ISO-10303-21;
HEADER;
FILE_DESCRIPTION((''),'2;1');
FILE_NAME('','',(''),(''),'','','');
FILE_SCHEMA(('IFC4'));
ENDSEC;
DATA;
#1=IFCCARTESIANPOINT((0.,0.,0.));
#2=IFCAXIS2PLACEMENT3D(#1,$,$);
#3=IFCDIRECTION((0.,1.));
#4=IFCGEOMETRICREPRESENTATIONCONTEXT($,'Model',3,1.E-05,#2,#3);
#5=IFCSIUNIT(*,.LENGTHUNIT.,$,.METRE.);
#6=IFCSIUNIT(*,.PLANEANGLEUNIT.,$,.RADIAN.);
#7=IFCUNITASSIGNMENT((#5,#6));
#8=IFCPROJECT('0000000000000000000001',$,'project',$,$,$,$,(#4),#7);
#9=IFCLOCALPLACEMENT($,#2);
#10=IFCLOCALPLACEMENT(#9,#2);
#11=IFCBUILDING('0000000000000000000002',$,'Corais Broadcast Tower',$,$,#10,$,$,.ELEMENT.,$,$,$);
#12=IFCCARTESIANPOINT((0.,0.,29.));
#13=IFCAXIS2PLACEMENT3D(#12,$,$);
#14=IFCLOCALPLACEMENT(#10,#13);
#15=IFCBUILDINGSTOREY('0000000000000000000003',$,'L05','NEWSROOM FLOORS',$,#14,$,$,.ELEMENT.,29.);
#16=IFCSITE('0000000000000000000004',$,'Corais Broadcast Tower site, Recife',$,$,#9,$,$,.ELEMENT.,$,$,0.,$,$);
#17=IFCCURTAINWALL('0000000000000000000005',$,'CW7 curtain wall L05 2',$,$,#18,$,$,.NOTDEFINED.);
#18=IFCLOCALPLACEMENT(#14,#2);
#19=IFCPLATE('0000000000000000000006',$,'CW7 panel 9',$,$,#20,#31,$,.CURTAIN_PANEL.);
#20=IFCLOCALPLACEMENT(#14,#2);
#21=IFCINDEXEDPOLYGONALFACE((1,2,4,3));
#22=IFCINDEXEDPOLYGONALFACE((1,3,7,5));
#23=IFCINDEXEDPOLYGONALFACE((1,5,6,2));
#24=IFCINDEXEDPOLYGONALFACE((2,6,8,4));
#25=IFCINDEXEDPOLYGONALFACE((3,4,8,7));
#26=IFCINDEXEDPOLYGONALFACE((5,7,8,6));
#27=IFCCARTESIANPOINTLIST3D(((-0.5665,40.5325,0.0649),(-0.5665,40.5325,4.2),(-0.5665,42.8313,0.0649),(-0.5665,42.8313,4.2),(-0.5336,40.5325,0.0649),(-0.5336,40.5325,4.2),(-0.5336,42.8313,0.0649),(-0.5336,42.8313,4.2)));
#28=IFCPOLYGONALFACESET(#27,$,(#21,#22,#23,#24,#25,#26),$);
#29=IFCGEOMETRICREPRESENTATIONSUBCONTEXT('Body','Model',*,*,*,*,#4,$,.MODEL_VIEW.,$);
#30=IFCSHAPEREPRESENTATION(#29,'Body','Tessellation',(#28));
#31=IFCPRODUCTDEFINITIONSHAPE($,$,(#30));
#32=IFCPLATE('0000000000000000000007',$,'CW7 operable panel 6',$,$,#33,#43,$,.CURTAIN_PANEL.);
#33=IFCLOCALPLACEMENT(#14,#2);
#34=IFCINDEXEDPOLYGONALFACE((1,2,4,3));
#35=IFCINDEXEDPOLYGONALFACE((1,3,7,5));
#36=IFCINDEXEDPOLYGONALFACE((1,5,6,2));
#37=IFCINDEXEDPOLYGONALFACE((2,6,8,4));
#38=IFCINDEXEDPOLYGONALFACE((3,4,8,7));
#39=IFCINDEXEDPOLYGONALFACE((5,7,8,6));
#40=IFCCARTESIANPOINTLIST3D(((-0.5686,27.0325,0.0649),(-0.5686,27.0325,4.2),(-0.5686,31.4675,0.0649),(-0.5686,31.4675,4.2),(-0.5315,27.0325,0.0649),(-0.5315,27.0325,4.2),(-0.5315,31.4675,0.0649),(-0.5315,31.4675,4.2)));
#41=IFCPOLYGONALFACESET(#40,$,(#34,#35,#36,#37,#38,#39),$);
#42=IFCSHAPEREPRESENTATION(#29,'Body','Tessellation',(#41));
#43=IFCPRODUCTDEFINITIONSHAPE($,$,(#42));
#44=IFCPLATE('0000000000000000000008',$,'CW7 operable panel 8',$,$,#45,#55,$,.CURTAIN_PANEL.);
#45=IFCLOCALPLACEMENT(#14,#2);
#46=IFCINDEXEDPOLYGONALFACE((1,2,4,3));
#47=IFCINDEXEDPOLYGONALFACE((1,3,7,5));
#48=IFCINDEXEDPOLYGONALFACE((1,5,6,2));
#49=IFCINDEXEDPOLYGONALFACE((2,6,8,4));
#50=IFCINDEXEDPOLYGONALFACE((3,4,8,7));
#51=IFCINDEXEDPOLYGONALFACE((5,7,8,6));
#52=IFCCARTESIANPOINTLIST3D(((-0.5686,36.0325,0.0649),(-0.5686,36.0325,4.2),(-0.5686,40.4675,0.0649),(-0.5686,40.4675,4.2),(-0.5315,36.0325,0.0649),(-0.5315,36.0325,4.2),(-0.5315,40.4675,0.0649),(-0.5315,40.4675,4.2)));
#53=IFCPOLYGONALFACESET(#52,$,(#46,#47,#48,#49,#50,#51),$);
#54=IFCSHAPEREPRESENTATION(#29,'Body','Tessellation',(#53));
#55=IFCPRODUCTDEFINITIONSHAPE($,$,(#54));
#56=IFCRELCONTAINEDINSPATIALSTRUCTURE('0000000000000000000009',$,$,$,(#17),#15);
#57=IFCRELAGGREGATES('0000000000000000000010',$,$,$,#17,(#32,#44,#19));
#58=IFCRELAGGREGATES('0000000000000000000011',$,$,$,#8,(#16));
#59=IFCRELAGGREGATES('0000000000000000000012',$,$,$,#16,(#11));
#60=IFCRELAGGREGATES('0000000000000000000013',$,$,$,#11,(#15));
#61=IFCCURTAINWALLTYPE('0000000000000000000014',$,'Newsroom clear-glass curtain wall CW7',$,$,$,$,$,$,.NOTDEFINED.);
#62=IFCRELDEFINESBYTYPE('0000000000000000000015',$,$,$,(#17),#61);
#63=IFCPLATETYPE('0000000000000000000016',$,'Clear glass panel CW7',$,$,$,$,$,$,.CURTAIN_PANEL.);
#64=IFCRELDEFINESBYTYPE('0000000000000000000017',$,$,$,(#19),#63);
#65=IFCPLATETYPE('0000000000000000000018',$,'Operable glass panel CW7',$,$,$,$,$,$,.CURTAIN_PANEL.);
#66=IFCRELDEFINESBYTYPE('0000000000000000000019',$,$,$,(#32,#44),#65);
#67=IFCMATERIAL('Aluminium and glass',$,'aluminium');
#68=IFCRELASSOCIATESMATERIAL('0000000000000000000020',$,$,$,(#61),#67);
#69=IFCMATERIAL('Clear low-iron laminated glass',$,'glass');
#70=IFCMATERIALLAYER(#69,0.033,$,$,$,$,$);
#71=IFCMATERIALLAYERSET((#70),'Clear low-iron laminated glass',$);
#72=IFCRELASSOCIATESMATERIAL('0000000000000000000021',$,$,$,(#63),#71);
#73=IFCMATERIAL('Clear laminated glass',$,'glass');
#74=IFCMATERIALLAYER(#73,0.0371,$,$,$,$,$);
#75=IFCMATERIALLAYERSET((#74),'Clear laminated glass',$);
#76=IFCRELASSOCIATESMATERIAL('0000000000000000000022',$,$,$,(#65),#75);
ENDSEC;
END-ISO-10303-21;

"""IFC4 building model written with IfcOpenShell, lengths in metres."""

from ifc_helpers import new_model, si_unit, direction, frame, origin, origin_2d, place, context, subcontext, project, spatial, rectangle, extrude, material, layer, layer_set, type_object, element, aggregate, save


model = new_model("IFC4")

# Units and contexts
model_context = context("Model", 3, precision=1e-05, world=origin(), true_north=direction((0.0, 1.0)))
body_context = subcontext(model_context, "Body", "Model", "MODEL_VIEW")
ifc_project = project(units=[si_unit("LENGTHUNIT", "METRE"), si_unit("PLANEANGLEUNIT", "RADIAN")], contexts=[model_context])

# Site, building, storey
site_placement = place(None, origin())
site = spatial("IfcSite", under=ifc_project, at=site_placement, Name="Corais Broadcast Tower site, Recife", CompositionType="ELEMENT", RefElevation=0.0)
building_placement = place(site_placement, origin())
building = spatial("IfcBuilding", under=site, at=building_placement, Name="Corais Broadcast Tower", CompositionType="ELEMENT")
storey_placement = place(building_placement, frame((0.0, 0.0, 29.0)))
storey = spatial("IfcBuildingStorey", under=building, at=storey_placement, Name="L05", Description="NEWSROOM FLOORS", CompositionType="ELEMENT", Elevation=29.0)

# Curtain wall
ifc_material_1 = material(Name="Aluminium and glass", Category="aluminium")
curtain_wall_type = type_object("IfcCurtainWallType", Name="Newsroom clear-glass curtain wall CW7", PredefinedType="NOTDEFINED", material=ifc_material_1)
curtain_wall_placement = place(storey_placement, origin())
curtain_wall = element("IfcCurtainWall", 1, at=curtain_wall_placement, inside=storey, type_object=curtain_wall_type, Name="CW7 curtain wall L05 2", PredefinedType="NOTDEFINED")

# Plates
ifc_material_2 = material(Name="Clear low-iron laminated glass", Category="glass")
ifc_layer_1 = layer(ifc_material_2, 0.033)
ifc_layer_set_1 = layer_set([ifc_layer_1], Name="Clear low-iron laminated glass")
plate_type_1 = type_object("IfcPlateType", Name="Clear glass panel CW7", PredefinedType="CURTAIN_PANEL", material=ifc_layer_set_1)
plate_1_placement = place(storey_placement, frame((-0.55, 41.6819, 0.0649), z_axis=(0.0, 0.0, 1.0), x_axis=(0.0, 1.0, 0.0)))
plate_1 = element("IfcPlate", 2, at=plate_1_placement, type_object=plate_type_1, Name="CW7 panel 9", PredefinedType="CURTAIN_PANEL", context=body_context, shape_type="SweptSolid", body=[
    extrude(rectangle(XDim=2.2988, YDim=0.033, at=origin_2d()), origin(), (0.0, 0.0, 1.0), 4.135),
])
ifc_material_3 = material(Name="Clear laminated glass", Category="glass")
ifc_layer_2 = layer(ifc_material_3, 0.0371)
ifc_layer_set_2 = layer_set([ifc_layer_2], Name="Clear laminated glass")
plate_type_2 = type_object("IfcPlateType", Name="Operable glass panel CW7", PredefinedType="CURTAIN_PANEL", material=ifc_layer_set_2)
plate_2_placement = place(storey_placement, frame((-0.55, 29.25, 0.0649), z_axis=(0.0, 0.0, 1.0), x_axis=(0.0, 1.0, 0.0)))
plate_2 = element("IfcPlate", 3, at=plate_2_placement, type_object=plate_type_2, Name="CW7 operable panel 6", PredefinedType="CURTAIN_PANEL", context=body_context, shape_type="SweptSolid", body=[
    extrude(rectangle(XDim=4.4351, YDim=0.0371, at=origin_2d()), origin(), (0.0, 0.0, 1.0), 4.135),
])
plate_3_placement = place(storey_placement, frame((-0.55, 38.25, 0.0649), z_axis=(0.0, 0.0, 1.0), x_axis=(0.0, 1.0, 0.0)))
plate_3 = element("IfcPlate", 4, at=plate_3_placement, type_object=plate_type_2, Name="CW7 operable panel 8", PredefinedType="CURTAIN_PANEL", context=body_context, shape_type="SweptSolid", body=[
    extrude(rectangle(XDim=4.4351, YDim=0.0371, at=origin_2d()), origin(), (0.0, 0.0, 1.0), 4.135),
])
aggregate(curtain_wall, [plate_2, plate_3, plate_1])

save(model, "model.ifc")
